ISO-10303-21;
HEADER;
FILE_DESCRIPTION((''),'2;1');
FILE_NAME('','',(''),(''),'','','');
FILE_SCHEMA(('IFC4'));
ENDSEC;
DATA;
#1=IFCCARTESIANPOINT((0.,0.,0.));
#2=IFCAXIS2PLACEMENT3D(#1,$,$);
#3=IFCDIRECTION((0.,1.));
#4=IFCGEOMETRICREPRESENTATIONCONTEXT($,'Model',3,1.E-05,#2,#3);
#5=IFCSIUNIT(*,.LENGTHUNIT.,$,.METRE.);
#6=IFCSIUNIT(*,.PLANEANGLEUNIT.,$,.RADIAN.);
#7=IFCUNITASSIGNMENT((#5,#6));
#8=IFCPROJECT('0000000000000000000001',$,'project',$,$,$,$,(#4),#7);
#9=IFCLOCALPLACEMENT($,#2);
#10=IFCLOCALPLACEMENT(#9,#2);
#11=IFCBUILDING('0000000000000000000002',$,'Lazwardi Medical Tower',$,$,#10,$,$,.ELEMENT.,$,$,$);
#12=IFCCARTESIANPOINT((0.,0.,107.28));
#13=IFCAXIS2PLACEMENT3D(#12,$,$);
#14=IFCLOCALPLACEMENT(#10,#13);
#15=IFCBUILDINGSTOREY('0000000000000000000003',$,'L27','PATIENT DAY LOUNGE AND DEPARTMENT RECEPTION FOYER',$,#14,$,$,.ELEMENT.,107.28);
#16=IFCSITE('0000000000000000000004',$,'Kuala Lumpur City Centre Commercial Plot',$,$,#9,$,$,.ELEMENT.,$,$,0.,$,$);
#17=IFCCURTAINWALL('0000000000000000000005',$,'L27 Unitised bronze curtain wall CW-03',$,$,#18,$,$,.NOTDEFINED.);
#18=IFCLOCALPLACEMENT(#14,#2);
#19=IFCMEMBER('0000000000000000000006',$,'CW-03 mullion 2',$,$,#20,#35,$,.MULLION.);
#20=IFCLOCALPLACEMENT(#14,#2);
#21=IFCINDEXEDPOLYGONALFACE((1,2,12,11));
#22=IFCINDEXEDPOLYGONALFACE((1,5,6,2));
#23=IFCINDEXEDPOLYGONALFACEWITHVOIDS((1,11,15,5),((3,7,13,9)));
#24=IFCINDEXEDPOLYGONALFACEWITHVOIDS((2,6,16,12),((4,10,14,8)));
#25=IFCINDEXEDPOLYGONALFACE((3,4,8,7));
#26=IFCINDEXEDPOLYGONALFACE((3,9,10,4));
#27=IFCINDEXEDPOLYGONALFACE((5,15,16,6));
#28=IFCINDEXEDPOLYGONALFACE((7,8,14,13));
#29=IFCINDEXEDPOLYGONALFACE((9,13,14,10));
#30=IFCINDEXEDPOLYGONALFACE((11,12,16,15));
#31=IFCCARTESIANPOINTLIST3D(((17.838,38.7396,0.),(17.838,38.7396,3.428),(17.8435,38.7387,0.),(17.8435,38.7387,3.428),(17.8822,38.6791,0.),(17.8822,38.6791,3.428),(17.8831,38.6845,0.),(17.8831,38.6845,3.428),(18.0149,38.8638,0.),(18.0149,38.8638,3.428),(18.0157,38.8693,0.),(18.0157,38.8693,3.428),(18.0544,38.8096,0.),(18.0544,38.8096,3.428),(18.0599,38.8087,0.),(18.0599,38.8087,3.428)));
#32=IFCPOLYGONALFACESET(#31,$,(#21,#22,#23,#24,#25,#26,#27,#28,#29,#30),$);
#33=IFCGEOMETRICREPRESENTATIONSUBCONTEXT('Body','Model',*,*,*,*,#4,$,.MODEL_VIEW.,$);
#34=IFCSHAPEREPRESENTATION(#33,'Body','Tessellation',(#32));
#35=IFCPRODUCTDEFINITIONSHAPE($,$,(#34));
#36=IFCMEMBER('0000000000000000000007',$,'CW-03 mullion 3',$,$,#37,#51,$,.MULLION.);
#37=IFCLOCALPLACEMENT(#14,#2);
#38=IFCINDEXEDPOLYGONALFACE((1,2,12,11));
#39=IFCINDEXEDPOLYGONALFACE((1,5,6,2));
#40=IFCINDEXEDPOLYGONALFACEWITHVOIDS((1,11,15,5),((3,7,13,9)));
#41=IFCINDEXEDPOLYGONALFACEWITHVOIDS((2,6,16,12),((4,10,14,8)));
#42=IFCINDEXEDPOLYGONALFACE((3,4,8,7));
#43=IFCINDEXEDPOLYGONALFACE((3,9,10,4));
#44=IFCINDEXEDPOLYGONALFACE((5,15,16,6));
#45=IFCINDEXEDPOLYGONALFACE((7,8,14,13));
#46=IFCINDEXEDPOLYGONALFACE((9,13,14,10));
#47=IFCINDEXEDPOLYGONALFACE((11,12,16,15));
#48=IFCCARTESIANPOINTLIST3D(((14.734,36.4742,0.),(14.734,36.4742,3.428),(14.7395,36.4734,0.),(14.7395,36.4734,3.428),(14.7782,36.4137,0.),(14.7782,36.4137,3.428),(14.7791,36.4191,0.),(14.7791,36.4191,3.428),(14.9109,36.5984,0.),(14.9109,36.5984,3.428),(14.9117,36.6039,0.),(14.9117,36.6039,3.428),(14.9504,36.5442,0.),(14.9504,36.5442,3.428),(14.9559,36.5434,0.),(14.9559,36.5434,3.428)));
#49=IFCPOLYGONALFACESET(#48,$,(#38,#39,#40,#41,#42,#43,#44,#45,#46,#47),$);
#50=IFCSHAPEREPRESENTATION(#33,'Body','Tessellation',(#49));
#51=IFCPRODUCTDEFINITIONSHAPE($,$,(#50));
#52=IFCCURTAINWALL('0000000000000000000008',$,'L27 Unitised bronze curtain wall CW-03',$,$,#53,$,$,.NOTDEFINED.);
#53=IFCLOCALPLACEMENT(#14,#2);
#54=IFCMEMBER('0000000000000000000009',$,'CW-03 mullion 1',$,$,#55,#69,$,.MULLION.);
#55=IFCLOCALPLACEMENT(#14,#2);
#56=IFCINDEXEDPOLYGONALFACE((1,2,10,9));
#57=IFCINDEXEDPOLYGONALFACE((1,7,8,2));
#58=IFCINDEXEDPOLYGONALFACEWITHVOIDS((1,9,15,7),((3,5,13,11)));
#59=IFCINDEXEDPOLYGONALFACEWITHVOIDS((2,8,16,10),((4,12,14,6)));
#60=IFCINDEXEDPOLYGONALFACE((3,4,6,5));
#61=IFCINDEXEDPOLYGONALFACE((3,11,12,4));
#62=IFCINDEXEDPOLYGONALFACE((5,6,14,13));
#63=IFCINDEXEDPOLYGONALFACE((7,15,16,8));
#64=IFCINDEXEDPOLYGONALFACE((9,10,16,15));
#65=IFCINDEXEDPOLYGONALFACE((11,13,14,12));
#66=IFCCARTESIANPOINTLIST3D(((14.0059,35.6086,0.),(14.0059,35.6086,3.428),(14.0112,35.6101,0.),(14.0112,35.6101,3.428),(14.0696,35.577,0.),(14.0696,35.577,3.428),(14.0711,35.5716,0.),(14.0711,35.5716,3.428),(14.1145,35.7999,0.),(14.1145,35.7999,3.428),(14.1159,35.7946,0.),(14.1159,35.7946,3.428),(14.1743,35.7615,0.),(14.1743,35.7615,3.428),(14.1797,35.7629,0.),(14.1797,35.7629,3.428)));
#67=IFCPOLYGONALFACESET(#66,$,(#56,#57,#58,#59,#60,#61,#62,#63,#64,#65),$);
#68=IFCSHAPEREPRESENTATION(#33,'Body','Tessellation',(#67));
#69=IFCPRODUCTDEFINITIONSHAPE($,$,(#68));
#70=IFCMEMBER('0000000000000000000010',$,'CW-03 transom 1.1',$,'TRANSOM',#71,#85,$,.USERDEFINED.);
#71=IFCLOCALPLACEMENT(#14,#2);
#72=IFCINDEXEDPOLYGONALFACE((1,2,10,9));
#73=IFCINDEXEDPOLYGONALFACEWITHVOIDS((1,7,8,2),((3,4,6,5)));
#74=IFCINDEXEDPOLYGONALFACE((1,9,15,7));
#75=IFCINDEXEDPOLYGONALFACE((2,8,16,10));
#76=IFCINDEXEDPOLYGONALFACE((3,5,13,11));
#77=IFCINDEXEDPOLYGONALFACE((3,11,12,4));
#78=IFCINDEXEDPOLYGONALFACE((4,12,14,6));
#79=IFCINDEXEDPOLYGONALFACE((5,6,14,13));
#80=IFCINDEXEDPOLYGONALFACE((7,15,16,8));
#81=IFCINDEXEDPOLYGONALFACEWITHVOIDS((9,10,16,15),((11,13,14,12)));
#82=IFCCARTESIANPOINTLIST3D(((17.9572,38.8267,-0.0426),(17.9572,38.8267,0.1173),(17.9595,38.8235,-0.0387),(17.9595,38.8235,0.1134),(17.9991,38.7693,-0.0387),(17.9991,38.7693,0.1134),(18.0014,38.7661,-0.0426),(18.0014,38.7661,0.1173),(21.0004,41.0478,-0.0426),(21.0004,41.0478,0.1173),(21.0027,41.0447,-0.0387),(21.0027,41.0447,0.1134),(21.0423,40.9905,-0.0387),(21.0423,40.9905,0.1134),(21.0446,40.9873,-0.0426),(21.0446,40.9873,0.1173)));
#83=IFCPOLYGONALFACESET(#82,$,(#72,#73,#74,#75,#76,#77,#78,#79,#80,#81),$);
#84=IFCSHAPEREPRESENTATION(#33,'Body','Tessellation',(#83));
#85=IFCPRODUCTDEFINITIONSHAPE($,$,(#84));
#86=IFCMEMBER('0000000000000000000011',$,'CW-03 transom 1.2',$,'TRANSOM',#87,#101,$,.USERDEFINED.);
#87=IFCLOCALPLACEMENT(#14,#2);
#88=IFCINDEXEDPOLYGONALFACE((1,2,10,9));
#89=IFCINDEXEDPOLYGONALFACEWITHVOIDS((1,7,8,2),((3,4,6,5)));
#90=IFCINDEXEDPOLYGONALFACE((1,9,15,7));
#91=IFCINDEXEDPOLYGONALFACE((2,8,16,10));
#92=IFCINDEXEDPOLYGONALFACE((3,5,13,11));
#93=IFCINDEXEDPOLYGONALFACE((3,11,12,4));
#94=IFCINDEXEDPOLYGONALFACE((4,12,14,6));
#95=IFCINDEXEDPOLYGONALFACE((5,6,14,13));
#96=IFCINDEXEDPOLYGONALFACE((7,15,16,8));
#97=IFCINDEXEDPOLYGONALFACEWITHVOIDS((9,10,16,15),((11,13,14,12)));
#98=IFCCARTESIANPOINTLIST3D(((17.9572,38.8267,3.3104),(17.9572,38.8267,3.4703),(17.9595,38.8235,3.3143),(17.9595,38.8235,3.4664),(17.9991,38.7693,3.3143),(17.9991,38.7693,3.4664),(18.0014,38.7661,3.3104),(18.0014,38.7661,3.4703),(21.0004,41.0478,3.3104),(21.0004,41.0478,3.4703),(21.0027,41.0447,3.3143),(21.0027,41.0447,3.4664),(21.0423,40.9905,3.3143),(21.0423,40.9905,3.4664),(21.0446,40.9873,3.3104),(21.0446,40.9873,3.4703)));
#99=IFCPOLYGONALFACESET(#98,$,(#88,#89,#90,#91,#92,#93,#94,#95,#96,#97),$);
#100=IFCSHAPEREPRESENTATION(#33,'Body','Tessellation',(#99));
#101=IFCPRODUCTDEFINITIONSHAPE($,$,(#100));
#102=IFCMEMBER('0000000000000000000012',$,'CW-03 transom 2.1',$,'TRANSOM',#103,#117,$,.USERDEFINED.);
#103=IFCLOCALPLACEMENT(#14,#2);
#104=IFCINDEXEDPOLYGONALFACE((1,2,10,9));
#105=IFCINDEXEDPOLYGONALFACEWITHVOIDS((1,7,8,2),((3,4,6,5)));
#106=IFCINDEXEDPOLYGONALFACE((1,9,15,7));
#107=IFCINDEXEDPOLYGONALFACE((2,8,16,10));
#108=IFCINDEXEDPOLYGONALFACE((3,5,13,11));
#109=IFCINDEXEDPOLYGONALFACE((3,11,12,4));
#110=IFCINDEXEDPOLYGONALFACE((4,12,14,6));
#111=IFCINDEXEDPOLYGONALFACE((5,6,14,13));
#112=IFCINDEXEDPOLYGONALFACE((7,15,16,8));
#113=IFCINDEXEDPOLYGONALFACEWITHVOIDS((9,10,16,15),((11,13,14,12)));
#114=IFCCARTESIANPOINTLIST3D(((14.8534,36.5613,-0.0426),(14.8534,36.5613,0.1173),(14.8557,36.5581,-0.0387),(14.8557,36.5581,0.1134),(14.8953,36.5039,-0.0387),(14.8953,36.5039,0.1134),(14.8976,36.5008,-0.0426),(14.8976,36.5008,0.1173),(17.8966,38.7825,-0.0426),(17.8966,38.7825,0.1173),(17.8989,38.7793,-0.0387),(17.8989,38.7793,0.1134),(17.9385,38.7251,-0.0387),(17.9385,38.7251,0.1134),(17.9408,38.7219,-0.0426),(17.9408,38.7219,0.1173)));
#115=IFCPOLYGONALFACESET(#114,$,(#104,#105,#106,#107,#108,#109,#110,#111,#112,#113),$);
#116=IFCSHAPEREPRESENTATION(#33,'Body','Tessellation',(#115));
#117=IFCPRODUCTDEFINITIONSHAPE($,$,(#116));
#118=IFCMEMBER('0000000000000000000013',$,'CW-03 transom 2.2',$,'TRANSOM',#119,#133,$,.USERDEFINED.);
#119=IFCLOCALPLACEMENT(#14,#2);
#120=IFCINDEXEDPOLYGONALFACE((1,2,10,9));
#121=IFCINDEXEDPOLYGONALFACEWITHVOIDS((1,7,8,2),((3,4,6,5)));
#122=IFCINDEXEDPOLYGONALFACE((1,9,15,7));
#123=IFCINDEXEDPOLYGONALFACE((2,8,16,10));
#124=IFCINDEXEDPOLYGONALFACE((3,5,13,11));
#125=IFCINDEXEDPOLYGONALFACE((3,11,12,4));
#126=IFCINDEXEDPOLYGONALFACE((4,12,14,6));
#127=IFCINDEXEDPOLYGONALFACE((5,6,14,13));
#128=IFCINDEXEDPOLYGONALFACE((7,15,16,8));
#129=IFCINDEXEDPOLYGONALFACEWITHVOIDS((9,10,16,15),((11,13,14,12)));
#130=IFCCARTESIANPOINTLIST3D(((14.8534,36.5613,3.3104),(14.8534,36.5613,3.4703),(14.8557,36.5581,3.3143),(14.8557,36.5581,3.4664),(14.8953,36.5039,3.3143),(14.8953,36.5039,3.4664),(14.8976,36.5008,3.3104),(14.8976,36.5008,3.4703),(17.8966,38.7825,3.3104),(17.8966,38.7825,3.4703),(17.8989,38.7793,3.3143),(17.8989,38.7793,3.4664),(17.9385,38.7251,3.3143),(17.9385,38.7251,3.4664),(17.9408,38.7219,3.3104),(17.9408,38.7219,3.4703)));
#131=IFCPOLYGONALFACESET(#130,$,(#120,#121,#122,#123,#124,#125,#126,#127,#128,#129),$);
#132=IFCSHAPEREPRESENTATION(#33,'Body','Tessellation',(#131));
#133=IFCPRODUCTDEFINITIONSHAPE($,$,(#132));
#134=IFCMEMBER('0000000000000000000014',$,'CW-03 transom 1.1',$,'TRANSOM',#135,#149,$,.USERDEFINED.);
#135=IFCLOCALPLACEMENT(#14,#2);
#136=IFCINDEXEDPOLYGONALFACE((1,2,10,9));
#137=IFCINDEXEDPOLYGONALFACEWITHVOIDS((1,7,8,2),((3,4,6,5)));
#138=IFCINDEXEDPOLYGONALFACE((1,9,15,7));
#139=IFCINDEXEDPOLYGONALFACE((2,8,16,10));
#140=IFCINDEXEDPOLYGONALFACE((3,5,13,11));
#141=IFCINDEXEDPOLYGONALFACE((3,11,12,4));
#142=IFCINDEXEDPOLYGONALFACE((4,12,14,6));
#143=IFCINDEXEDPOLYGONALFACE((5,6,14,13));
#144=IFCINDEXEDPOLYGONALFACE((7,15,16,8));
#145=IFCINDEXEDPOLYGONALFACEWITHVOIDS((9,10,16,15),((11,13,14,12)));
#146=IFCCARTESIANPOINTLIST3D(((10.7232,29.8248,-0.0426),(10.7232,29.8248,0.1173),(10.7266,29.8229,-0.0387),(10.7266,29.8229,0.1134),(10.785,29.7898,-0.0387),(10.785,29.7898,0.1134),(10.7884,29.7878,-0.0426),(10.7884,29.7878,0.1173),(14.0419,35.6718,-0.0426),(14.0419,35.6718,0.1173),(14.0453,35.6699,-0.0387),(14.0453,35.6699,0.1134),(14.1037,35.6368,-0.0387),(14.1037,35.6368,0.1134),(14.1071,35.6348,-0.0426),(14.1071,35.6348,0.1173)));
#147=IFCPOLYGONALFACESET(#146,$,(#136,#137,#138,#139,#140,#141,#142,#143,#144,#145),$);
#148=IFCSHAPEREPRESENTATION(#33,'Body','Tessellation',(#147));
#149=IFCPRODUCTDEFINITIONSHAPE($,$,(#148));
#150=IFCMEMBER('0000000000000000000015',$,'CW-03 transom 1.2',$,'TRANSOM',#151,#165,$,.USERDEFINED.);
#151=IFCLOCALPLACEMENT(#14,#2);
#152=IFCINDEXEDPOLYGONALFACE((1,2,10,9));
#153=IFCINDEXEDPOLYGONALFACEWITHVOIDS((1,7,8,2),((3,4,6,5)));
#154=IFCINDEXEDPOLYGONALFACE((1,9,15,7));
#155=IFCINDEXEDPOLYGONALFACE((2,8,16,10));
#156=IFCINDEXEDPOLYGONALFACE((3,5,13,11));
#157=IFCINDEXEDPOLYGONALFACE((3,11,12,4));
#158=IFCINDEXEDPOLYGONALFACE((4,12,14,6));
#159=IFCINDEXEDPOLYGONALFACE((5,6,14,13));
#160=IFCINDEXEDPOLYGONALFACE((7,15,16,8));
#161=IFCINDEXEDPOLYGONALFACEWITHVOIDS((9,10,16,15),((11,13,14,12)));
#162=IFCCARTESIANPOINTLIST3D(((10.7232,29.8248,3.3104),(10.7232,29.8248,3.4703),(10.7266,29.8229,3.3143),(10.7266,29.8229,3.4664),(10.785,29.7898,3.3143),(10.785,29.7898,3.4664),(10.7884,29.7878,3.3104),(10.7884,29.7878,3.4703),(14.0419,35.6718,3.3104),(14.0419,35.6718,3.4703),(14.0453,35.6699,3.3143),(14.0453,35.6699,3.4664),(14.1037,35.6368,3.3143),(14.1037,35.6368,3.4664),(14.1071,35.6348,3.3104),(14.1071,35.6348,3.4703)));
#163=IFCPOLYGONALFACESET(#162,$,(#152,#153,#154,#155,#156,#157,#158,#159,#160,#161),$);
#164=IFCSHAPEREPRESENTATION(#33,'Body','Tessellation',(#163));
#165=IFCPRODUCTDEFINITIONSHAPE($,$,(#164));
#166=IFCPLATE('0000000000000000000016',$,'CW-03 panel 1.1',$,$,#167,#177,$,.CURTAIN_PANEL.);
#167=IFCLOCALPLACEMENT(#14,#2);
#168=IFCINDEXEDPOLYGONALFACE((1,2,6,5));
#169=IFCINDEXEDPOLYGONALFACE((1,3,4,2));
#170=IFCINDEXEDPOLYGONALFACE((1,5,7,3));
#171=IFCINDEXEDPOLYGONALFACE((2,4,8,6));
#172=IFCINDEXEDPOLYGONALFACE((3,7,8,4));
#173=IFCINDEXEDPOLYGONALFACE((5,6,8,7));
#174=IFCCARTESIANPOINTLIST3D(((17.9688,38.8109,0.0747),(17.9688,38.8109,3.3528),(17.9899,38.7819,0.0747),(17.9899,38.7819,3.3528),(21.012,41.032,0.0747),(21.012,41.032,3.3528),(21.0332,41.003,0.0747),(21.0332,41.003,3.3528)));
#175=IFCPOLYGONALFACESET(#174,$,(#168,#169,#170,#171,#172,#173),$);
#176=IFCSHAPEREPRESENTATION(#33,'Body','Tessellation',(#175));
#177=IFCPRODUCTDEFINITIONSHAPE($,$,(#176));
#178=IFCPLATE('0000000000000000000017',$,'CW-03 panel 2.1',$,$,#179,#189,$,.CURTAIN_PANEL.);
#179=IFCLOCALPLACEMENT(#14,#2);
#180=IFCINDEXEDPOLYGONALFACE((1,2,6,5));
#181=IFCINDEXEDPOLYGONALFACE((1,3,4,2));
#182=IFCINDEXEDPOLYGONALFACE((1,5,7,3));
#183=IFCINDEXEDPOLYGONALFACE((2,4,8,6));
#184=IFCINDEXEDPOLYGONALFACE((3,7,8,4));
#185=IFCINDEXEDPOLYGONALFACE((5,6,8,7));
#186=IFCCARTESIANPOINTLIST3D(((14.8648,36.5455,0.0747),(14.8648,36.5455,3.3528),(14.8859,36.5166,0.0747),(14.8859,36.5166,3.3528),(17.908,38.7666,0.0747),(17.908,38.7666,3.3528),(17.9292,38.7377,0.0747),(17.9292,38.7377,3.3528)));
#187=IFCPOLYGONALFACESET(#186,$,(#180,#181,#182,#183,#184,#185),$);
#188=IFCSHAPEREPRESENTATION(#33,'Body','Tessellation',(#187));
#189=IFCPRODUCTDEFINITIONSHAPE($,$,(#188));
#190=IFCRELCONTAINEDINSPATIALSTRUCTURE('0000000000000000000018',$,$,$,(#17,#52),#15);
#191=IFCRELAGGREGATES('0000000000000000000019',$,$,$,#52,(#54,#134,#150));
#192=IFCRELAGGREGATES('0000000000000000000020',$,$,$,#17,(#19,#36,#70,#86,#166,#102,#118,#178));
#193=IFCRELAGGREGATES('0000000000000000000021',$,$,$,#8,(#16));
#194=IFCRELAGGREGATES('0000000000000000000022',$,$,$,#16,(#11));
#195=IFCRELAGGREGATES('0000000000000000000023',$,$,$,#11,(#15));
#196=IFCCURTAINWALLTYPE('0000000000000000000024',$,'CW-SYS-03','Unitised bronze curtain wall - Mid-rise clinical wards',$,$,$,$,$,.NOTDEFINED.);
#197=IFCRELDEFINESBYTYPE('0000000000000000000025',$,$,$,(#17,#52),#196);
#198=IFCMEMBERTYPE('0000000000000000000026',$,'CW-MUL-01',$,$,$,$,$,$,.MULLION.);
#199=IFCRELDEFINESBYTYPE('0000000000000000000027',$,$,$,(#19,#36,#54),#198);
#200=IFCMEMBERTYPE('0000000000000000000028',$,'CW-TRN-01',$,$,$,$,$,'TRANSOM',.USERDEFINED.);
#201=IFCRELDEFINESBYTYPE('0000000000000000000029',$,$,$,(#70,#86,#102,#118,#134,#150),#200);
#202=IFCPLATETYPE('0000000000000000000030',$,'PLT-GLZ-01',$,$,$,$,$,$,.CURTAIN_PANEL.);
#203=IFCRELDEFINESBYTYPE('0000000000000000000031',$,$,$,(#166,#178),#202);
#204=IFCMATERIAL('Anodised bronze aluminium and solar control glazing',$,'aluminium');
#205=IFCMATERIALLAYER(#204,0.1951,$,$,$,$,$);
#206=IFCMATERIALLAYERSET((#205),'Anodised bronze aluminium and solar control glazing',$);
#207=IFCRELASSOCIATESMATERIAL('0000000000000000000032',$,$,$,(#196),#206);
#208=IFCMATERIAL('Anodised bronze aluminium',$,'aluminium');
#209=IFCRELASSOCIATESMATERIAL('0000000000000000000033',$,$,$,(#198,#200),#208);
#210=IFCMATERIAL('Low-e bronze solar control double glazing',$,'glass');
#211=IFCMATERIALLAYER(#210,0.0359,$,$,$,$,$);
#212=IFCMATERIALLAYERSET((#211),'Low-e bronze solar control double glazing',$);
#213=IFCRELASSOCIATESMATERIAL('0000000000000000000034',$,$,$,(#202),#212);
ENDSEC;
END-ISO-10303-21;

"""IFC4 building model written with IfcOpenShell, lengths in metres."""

from ifc_helpers import new_model, si_unit, direction, frame, origin, origin_2d, place, context, subcontext, project, spatial, rectangle, hollow_rectangle, extrude, material, layer, layer_set, material_profile, profile_set, type_object, element, aggregate, save


model = new_model("IFC4")

# Units and contexts
model_context = context("Model", 3, precision=1e-05, world=origin(), true_north=direction((0.0, 1.0)))
body_context = subcontext(model_context, "Body", "Model", "MODEL_VIEW")
ifc_project = project(units=[si_unit("LENGTHUNIT", "METRE"), si_unit("PLANEANGLEUNIT", "RADIAN")], contexts=[model_context])

# Site, building, storey
site_placement = place(None, origin())
site = spatial("IfcSite", under=ifc_project, at=site_placement, Name="Kuala Lumpur City Centre Commercial Plot", CompositionType="ELEMENT", RefElevation=0.0)
building_placement = place(site_placement, origin())
building = spatial("IfcBuilding", under=site, at=building_placement, Name="Lazwardi Medical Tower", CompositionType="ELEMENT")
storey_placement = place(building_placement, frame((0.0, 0.0, 107.28)))
storey = spatial("IfcBuildingStorey", under=building, at=storey_placement, Name="L27", Description="PATIENT DAY LOUNGE AND DEPARTMENT RECEPTION FOYER", CompositionType="ELEMENT", Elevation=107.28)

# Shared definitions
ifc_material_1 = material(Name="Anodised bronze aluminium and solar control glazing", Category="aluminium")
ifc_layer_1 = layer(ifc_material_1, 0.1951)
ifc_layer_set_1 = layer_set([ifc_layer_1], Name="Anodised bronze aluminium and solar control glazing")
curtain_wall_type = type_object("IfcCurtainWallType", Name="CW-SYS-03", Description="Unitised bronze curtain wall - Mid-rise clinical wards", PredefinedType="NOTDEFINED", material=ifc_layer_set_1)
ifc_material_2 = material(Name="Anodised bronze aluminium", Category="aluminium")
ifc_material_profile_1 = material_profile(ifc_material_2, hollow_rectangle(XDim=0.075, YDim=0.22, WallThickness=0.0039, at=origin_2d()), Name="ALU-MULLION 220x75x4")
ifc_profile_set_1 = profile_set([ifc_material_profile_1], Name="Anodised bronze aluminium")
member_type_1 = type_object("IfcMemberType", Name="CW-MUL-01", PredefinedType="MULLION", material=ifc_profile_set_1)

# Curtain wall, members
curtain_wall_1_placement = place(storey_placement, origin())
curtain_wall_1 = element("IfcCurtainWall", 1, at=curtain_wall_1_placement, inside=storey, type_object=curtain_wall_type, Name="L27 Unitised bronze curtain wall CW-03", PredefinedType="NOTDEFINED")
member_1_placement = place(storey_placement, frame((17.949, 38.7742, 0.0), z_axis=(0.0, 0.0, 1.0), x_axis=(0.589531, -0.807746, 0.0)))
member_1 = element("IfcMember", 2, at=member_1_placement, type_object=member_type_1, Name="CW-03 mullion 2", PredefinedType="MULLION", context=body_context, shape_type="SweptSolid", body=[
    extrude(hollow_rectangle(XDim=0.075, YDim=0.22, WallThickness=0.0039, at=origin_2d()), origin(), (0.0, 0.0, 1.0), 3.428),
])
member_2_placement = place(storey_placement, frame((14.845, 36.5088, 0.0), z_axis=(0.0, 0.0, 1.0), x_axis=(0.589531, -0.807746, 0.0)))
member_2 = element("IfcMember", 3, at=member_2_placement, type_object=member_type_1, Name="CW-03 mullion 3", PredefinedType="MULLION", context=body_context, shape_type="SweptSolid", body=[
    extrude(hollow_rectangle(XDim=0.075, YDim=0.22, WallThickness=0.0039, at=origin_2d()), origin(), (0.0, 0.0, 1.0), 3.428),
])

# Curtain wall, member
curtain_wall_2_placement = place(storey_placement, origin())
curtain_wall_2 = element("IfcCurtainWall", 4, at=curtain_wall_2_placement, inside=storey, type_object=curtain_wall_type, Name="L27 Unitised bronze curtain wall CW-03", PredefinedType="NOTDEFINED")
member_3_placement = place(storey_placement, frame((14.0928, 35.6858, 0.0), z_axis=(0.0, 0.0, 1.0), x_axis=(0.869687, -0.493603, 0.0)))
member_3 = element("IfcMember", 5, at=member_3_placement, type_object=member_type_1, Name="CW-03 mullion 1", PredefinedType="MULLION", context=body_context, shape_type="SweptSolid", body=[
    extrude(hollow_rectangle(XDim=0.075, YDim=0.22, WallThickness=0.0039, at=origin_2d()), origin(), (0.0, 0.0, 1.0), 3.428),
])

# Members
ifc_material_profile_2 = material_profile(ifc_material_2, hollow_rectangle(XDim=0.075, YDim=0.1599, WallThickness=0.0039, at=origin_2d()), Name="ALU-TRANSOM 160x75x4")
ifc_profile_set_2 = profile_set([ifc_material_profile_2], Name="Anodised bronze aluminium")
member_type_2 = type_object("IfcMemberType", Name="CW-TRN-01", ElementType="TRANSOM", PredefinedType="USERDEFINED", material=ifc_profile_set_2)
member_4_placement = place(storey_placement, frame((21.0225, 41.0176, 0.0374), z_axis=(-0.807732, -0.58955, 0.0), x_axis=(0.58955, -0.807732, 0.0)))
member_4 = element("IfcMember", 6, at=member_4_placement, type_object=member_type_2, Name="CW-03 transom 1.1", ObjectType="TRANSOM", PredefinedType="USERDEFINED", context=body_context, shape_type="SweptSolid", body=[
    extrude(hollow_rectangle(XDim=0.075, YDim=0.1599, WallThickness=0.0039, at=origin_2d()), origin(), (0.0, 0.0, 1.0), 3.7676),
])
member_5_placement = place(storey_placement, frame((21.0225, 41.0176, 3.3904), z_axis=(-0.807732, -0.58955, 0.0), x_axis=(0.58955, -0.807732, 0.0)))
member_5 = element("IfcMember", 7, at=member_5_placement, type_object=member_type_2, Name="CW-03 transom 1.2", ObjectType="TRANSOM", PredefinedType="USERDEFINED", context=body_context, shape_type="SweptSolid", body=[
    extrude(hollow_rectangle(XDim=0.075, YDim=0.1599, WallThickness=0.0039, at=origin_2d()), origin(), (0.0, 0.0, 1.0), 3.7676),
])
member_6_placement = place(storey_placement, frame((17.9187, 38.7522, 0.0374), z_axis=(-0.807732, -0.58955, 0.0), x_axis=(0.58955, -0.807732, 0.0)))
member_6 = element("IfcMember", 8, at=member_6_placement, type_object=member_type_2, Name="CW-03 transom 2.1", ObjectType="TRANSOM", PredefinedType="USERDEFINED", context=body_context, shape_type="SweptSolid", body=[
    extrude(hollow_rectangle(XDim=0.075, YDim=0.1599, WallThickness=0.0039, at=origin_2d()), origin(), (0.0, 0.0, 1.0), 3.7676),
])
member_7_placement = place(storey_placement, frame((17.9187, 38.7522, 3.3904), z_axis=(-0.807732, -0.58955, 0.0), x_axis=(0.58955, -0.807732, 0.0)))
member_7 = element("IfcMember", 9, at=member_7_placement, type_object=member_type_2, Name="CW-03 transom 2.2", ObjectType="TRANSOM", PredefinedType="USERDEFINED", context=body_context, shape_type="SweptSolid", body=[
    extrude(hollow_rectangle(XDim=0.075, YDim=0.1599, WallThickness=0.0039, at=origin_2d()), origin(), (0.0, 0.0, 1.0), 3.7676),
])
member_8_placement = place(storey_placement, frame((14.0745, 35.6533, 0.0374), z_axis=(-0.493614, -0.869681, 0.0), x_axis=(0.869681, -0.493614, 0.0)))
member_8 = element("IfcMember", 10, at=member_8_placement, type_object=member_type_2, Name="CW-03 transom 1.1", ObjectType="TRANSOM", PredefinedType="USERDEFINED", context=body_context, shape_type="SweptSolid", body=[
    extrude(hollow_rectangle(XDim=0.075, YDim=0.1599, WallThickness=0.0039, at=origin_2d()), origin(), (0.0, 0.0, 1.0), 6.7231),
])
member_9_placement = place(storey_placement, frame((14.0745, 35.6533, 3.3904), z_axis=(-0.493614, -0.869681, 0.0), x_axis=(0.869681, -0.493614, 0.0)))
member_9 = element("IfcMember", 11, at=member_9_placement, type_object=member_type_2, Name="CW-03 transom 1.2", ObjectType="TRANSOM", PredefinedType="USERDEFINED", context=body_context, shape_type="SweptSolid", body=[
    extrude(hollow_rectangle(XDim=0.075, YDim=0.1599, WallThickness=0.0039, at=origin_2d()), origin(), (0.0, 0.0, 1.0), 6.7231),
])
aggregate(curtain_wall_2, [member_3, member_8, member_9])

# Plates
ifc_material_3 = material(Name="Low-e bronze solar control double glazing", Category="glass")
ifc_layer_2 = layer(ifc_material_3, 0.0359)
ifc_layer_set_2 = layer_set([ifc_layer_2], Name="Low-e bronze solar control double glazing")
plate_type = type_object("IfcPlateType", Name="PLT-GLZ-01", PredefinedType="CURTAIN_PANEL", material=ifc_layer_set_2)
plate_1_placement = place(storey_placement, frame((19.501, 39.907, 0.0747), z_axis=(0.0, 0.0, 1.0), x_axis=(-0.807746, -0.589531, 0.0)))
plate_1 = element("IfcPlate", 12, at=plate_1_placement, type_object=plate_type, Name="CW-03 panel 1.1", PredefinedType="CURTAIN_PANEL", context=body_context, shape_type="SweptSolid", body=[
    extrude(rectangle(XDim=3.7676, YDim=0.0359, at=origin_2d()), origin(), (0.0, 0.0, 1.0), 3.2781),
])
plate_2_placement = place(storey_placement, frame((16.397, 37.6416, 0.0747), z_axis=(0.0, 0.0, 1.0), x_axis=(-0.807746, -0.589531, 0.0)))
plate_2 = element("IfcPlate", 13, at=plate_2_placement, type_object=plate_type, Name="CW-03 panel 2.1", PredefinedType="CURTAIN_PANEL", context=body_context, shape_type="SweptSolid", body=[
    extrude(rectangle(XDim=3.7676, YDim=0.0359, at=origin_2d()), origin(), (0.0, 0.0, 1.0), 3.2781),
])
aggregate(curtain_wall_1, [member_1, member_2, member_4, member_5, plate_1, member_6, member_7, plate_2])

save(model, "model.ifc")
